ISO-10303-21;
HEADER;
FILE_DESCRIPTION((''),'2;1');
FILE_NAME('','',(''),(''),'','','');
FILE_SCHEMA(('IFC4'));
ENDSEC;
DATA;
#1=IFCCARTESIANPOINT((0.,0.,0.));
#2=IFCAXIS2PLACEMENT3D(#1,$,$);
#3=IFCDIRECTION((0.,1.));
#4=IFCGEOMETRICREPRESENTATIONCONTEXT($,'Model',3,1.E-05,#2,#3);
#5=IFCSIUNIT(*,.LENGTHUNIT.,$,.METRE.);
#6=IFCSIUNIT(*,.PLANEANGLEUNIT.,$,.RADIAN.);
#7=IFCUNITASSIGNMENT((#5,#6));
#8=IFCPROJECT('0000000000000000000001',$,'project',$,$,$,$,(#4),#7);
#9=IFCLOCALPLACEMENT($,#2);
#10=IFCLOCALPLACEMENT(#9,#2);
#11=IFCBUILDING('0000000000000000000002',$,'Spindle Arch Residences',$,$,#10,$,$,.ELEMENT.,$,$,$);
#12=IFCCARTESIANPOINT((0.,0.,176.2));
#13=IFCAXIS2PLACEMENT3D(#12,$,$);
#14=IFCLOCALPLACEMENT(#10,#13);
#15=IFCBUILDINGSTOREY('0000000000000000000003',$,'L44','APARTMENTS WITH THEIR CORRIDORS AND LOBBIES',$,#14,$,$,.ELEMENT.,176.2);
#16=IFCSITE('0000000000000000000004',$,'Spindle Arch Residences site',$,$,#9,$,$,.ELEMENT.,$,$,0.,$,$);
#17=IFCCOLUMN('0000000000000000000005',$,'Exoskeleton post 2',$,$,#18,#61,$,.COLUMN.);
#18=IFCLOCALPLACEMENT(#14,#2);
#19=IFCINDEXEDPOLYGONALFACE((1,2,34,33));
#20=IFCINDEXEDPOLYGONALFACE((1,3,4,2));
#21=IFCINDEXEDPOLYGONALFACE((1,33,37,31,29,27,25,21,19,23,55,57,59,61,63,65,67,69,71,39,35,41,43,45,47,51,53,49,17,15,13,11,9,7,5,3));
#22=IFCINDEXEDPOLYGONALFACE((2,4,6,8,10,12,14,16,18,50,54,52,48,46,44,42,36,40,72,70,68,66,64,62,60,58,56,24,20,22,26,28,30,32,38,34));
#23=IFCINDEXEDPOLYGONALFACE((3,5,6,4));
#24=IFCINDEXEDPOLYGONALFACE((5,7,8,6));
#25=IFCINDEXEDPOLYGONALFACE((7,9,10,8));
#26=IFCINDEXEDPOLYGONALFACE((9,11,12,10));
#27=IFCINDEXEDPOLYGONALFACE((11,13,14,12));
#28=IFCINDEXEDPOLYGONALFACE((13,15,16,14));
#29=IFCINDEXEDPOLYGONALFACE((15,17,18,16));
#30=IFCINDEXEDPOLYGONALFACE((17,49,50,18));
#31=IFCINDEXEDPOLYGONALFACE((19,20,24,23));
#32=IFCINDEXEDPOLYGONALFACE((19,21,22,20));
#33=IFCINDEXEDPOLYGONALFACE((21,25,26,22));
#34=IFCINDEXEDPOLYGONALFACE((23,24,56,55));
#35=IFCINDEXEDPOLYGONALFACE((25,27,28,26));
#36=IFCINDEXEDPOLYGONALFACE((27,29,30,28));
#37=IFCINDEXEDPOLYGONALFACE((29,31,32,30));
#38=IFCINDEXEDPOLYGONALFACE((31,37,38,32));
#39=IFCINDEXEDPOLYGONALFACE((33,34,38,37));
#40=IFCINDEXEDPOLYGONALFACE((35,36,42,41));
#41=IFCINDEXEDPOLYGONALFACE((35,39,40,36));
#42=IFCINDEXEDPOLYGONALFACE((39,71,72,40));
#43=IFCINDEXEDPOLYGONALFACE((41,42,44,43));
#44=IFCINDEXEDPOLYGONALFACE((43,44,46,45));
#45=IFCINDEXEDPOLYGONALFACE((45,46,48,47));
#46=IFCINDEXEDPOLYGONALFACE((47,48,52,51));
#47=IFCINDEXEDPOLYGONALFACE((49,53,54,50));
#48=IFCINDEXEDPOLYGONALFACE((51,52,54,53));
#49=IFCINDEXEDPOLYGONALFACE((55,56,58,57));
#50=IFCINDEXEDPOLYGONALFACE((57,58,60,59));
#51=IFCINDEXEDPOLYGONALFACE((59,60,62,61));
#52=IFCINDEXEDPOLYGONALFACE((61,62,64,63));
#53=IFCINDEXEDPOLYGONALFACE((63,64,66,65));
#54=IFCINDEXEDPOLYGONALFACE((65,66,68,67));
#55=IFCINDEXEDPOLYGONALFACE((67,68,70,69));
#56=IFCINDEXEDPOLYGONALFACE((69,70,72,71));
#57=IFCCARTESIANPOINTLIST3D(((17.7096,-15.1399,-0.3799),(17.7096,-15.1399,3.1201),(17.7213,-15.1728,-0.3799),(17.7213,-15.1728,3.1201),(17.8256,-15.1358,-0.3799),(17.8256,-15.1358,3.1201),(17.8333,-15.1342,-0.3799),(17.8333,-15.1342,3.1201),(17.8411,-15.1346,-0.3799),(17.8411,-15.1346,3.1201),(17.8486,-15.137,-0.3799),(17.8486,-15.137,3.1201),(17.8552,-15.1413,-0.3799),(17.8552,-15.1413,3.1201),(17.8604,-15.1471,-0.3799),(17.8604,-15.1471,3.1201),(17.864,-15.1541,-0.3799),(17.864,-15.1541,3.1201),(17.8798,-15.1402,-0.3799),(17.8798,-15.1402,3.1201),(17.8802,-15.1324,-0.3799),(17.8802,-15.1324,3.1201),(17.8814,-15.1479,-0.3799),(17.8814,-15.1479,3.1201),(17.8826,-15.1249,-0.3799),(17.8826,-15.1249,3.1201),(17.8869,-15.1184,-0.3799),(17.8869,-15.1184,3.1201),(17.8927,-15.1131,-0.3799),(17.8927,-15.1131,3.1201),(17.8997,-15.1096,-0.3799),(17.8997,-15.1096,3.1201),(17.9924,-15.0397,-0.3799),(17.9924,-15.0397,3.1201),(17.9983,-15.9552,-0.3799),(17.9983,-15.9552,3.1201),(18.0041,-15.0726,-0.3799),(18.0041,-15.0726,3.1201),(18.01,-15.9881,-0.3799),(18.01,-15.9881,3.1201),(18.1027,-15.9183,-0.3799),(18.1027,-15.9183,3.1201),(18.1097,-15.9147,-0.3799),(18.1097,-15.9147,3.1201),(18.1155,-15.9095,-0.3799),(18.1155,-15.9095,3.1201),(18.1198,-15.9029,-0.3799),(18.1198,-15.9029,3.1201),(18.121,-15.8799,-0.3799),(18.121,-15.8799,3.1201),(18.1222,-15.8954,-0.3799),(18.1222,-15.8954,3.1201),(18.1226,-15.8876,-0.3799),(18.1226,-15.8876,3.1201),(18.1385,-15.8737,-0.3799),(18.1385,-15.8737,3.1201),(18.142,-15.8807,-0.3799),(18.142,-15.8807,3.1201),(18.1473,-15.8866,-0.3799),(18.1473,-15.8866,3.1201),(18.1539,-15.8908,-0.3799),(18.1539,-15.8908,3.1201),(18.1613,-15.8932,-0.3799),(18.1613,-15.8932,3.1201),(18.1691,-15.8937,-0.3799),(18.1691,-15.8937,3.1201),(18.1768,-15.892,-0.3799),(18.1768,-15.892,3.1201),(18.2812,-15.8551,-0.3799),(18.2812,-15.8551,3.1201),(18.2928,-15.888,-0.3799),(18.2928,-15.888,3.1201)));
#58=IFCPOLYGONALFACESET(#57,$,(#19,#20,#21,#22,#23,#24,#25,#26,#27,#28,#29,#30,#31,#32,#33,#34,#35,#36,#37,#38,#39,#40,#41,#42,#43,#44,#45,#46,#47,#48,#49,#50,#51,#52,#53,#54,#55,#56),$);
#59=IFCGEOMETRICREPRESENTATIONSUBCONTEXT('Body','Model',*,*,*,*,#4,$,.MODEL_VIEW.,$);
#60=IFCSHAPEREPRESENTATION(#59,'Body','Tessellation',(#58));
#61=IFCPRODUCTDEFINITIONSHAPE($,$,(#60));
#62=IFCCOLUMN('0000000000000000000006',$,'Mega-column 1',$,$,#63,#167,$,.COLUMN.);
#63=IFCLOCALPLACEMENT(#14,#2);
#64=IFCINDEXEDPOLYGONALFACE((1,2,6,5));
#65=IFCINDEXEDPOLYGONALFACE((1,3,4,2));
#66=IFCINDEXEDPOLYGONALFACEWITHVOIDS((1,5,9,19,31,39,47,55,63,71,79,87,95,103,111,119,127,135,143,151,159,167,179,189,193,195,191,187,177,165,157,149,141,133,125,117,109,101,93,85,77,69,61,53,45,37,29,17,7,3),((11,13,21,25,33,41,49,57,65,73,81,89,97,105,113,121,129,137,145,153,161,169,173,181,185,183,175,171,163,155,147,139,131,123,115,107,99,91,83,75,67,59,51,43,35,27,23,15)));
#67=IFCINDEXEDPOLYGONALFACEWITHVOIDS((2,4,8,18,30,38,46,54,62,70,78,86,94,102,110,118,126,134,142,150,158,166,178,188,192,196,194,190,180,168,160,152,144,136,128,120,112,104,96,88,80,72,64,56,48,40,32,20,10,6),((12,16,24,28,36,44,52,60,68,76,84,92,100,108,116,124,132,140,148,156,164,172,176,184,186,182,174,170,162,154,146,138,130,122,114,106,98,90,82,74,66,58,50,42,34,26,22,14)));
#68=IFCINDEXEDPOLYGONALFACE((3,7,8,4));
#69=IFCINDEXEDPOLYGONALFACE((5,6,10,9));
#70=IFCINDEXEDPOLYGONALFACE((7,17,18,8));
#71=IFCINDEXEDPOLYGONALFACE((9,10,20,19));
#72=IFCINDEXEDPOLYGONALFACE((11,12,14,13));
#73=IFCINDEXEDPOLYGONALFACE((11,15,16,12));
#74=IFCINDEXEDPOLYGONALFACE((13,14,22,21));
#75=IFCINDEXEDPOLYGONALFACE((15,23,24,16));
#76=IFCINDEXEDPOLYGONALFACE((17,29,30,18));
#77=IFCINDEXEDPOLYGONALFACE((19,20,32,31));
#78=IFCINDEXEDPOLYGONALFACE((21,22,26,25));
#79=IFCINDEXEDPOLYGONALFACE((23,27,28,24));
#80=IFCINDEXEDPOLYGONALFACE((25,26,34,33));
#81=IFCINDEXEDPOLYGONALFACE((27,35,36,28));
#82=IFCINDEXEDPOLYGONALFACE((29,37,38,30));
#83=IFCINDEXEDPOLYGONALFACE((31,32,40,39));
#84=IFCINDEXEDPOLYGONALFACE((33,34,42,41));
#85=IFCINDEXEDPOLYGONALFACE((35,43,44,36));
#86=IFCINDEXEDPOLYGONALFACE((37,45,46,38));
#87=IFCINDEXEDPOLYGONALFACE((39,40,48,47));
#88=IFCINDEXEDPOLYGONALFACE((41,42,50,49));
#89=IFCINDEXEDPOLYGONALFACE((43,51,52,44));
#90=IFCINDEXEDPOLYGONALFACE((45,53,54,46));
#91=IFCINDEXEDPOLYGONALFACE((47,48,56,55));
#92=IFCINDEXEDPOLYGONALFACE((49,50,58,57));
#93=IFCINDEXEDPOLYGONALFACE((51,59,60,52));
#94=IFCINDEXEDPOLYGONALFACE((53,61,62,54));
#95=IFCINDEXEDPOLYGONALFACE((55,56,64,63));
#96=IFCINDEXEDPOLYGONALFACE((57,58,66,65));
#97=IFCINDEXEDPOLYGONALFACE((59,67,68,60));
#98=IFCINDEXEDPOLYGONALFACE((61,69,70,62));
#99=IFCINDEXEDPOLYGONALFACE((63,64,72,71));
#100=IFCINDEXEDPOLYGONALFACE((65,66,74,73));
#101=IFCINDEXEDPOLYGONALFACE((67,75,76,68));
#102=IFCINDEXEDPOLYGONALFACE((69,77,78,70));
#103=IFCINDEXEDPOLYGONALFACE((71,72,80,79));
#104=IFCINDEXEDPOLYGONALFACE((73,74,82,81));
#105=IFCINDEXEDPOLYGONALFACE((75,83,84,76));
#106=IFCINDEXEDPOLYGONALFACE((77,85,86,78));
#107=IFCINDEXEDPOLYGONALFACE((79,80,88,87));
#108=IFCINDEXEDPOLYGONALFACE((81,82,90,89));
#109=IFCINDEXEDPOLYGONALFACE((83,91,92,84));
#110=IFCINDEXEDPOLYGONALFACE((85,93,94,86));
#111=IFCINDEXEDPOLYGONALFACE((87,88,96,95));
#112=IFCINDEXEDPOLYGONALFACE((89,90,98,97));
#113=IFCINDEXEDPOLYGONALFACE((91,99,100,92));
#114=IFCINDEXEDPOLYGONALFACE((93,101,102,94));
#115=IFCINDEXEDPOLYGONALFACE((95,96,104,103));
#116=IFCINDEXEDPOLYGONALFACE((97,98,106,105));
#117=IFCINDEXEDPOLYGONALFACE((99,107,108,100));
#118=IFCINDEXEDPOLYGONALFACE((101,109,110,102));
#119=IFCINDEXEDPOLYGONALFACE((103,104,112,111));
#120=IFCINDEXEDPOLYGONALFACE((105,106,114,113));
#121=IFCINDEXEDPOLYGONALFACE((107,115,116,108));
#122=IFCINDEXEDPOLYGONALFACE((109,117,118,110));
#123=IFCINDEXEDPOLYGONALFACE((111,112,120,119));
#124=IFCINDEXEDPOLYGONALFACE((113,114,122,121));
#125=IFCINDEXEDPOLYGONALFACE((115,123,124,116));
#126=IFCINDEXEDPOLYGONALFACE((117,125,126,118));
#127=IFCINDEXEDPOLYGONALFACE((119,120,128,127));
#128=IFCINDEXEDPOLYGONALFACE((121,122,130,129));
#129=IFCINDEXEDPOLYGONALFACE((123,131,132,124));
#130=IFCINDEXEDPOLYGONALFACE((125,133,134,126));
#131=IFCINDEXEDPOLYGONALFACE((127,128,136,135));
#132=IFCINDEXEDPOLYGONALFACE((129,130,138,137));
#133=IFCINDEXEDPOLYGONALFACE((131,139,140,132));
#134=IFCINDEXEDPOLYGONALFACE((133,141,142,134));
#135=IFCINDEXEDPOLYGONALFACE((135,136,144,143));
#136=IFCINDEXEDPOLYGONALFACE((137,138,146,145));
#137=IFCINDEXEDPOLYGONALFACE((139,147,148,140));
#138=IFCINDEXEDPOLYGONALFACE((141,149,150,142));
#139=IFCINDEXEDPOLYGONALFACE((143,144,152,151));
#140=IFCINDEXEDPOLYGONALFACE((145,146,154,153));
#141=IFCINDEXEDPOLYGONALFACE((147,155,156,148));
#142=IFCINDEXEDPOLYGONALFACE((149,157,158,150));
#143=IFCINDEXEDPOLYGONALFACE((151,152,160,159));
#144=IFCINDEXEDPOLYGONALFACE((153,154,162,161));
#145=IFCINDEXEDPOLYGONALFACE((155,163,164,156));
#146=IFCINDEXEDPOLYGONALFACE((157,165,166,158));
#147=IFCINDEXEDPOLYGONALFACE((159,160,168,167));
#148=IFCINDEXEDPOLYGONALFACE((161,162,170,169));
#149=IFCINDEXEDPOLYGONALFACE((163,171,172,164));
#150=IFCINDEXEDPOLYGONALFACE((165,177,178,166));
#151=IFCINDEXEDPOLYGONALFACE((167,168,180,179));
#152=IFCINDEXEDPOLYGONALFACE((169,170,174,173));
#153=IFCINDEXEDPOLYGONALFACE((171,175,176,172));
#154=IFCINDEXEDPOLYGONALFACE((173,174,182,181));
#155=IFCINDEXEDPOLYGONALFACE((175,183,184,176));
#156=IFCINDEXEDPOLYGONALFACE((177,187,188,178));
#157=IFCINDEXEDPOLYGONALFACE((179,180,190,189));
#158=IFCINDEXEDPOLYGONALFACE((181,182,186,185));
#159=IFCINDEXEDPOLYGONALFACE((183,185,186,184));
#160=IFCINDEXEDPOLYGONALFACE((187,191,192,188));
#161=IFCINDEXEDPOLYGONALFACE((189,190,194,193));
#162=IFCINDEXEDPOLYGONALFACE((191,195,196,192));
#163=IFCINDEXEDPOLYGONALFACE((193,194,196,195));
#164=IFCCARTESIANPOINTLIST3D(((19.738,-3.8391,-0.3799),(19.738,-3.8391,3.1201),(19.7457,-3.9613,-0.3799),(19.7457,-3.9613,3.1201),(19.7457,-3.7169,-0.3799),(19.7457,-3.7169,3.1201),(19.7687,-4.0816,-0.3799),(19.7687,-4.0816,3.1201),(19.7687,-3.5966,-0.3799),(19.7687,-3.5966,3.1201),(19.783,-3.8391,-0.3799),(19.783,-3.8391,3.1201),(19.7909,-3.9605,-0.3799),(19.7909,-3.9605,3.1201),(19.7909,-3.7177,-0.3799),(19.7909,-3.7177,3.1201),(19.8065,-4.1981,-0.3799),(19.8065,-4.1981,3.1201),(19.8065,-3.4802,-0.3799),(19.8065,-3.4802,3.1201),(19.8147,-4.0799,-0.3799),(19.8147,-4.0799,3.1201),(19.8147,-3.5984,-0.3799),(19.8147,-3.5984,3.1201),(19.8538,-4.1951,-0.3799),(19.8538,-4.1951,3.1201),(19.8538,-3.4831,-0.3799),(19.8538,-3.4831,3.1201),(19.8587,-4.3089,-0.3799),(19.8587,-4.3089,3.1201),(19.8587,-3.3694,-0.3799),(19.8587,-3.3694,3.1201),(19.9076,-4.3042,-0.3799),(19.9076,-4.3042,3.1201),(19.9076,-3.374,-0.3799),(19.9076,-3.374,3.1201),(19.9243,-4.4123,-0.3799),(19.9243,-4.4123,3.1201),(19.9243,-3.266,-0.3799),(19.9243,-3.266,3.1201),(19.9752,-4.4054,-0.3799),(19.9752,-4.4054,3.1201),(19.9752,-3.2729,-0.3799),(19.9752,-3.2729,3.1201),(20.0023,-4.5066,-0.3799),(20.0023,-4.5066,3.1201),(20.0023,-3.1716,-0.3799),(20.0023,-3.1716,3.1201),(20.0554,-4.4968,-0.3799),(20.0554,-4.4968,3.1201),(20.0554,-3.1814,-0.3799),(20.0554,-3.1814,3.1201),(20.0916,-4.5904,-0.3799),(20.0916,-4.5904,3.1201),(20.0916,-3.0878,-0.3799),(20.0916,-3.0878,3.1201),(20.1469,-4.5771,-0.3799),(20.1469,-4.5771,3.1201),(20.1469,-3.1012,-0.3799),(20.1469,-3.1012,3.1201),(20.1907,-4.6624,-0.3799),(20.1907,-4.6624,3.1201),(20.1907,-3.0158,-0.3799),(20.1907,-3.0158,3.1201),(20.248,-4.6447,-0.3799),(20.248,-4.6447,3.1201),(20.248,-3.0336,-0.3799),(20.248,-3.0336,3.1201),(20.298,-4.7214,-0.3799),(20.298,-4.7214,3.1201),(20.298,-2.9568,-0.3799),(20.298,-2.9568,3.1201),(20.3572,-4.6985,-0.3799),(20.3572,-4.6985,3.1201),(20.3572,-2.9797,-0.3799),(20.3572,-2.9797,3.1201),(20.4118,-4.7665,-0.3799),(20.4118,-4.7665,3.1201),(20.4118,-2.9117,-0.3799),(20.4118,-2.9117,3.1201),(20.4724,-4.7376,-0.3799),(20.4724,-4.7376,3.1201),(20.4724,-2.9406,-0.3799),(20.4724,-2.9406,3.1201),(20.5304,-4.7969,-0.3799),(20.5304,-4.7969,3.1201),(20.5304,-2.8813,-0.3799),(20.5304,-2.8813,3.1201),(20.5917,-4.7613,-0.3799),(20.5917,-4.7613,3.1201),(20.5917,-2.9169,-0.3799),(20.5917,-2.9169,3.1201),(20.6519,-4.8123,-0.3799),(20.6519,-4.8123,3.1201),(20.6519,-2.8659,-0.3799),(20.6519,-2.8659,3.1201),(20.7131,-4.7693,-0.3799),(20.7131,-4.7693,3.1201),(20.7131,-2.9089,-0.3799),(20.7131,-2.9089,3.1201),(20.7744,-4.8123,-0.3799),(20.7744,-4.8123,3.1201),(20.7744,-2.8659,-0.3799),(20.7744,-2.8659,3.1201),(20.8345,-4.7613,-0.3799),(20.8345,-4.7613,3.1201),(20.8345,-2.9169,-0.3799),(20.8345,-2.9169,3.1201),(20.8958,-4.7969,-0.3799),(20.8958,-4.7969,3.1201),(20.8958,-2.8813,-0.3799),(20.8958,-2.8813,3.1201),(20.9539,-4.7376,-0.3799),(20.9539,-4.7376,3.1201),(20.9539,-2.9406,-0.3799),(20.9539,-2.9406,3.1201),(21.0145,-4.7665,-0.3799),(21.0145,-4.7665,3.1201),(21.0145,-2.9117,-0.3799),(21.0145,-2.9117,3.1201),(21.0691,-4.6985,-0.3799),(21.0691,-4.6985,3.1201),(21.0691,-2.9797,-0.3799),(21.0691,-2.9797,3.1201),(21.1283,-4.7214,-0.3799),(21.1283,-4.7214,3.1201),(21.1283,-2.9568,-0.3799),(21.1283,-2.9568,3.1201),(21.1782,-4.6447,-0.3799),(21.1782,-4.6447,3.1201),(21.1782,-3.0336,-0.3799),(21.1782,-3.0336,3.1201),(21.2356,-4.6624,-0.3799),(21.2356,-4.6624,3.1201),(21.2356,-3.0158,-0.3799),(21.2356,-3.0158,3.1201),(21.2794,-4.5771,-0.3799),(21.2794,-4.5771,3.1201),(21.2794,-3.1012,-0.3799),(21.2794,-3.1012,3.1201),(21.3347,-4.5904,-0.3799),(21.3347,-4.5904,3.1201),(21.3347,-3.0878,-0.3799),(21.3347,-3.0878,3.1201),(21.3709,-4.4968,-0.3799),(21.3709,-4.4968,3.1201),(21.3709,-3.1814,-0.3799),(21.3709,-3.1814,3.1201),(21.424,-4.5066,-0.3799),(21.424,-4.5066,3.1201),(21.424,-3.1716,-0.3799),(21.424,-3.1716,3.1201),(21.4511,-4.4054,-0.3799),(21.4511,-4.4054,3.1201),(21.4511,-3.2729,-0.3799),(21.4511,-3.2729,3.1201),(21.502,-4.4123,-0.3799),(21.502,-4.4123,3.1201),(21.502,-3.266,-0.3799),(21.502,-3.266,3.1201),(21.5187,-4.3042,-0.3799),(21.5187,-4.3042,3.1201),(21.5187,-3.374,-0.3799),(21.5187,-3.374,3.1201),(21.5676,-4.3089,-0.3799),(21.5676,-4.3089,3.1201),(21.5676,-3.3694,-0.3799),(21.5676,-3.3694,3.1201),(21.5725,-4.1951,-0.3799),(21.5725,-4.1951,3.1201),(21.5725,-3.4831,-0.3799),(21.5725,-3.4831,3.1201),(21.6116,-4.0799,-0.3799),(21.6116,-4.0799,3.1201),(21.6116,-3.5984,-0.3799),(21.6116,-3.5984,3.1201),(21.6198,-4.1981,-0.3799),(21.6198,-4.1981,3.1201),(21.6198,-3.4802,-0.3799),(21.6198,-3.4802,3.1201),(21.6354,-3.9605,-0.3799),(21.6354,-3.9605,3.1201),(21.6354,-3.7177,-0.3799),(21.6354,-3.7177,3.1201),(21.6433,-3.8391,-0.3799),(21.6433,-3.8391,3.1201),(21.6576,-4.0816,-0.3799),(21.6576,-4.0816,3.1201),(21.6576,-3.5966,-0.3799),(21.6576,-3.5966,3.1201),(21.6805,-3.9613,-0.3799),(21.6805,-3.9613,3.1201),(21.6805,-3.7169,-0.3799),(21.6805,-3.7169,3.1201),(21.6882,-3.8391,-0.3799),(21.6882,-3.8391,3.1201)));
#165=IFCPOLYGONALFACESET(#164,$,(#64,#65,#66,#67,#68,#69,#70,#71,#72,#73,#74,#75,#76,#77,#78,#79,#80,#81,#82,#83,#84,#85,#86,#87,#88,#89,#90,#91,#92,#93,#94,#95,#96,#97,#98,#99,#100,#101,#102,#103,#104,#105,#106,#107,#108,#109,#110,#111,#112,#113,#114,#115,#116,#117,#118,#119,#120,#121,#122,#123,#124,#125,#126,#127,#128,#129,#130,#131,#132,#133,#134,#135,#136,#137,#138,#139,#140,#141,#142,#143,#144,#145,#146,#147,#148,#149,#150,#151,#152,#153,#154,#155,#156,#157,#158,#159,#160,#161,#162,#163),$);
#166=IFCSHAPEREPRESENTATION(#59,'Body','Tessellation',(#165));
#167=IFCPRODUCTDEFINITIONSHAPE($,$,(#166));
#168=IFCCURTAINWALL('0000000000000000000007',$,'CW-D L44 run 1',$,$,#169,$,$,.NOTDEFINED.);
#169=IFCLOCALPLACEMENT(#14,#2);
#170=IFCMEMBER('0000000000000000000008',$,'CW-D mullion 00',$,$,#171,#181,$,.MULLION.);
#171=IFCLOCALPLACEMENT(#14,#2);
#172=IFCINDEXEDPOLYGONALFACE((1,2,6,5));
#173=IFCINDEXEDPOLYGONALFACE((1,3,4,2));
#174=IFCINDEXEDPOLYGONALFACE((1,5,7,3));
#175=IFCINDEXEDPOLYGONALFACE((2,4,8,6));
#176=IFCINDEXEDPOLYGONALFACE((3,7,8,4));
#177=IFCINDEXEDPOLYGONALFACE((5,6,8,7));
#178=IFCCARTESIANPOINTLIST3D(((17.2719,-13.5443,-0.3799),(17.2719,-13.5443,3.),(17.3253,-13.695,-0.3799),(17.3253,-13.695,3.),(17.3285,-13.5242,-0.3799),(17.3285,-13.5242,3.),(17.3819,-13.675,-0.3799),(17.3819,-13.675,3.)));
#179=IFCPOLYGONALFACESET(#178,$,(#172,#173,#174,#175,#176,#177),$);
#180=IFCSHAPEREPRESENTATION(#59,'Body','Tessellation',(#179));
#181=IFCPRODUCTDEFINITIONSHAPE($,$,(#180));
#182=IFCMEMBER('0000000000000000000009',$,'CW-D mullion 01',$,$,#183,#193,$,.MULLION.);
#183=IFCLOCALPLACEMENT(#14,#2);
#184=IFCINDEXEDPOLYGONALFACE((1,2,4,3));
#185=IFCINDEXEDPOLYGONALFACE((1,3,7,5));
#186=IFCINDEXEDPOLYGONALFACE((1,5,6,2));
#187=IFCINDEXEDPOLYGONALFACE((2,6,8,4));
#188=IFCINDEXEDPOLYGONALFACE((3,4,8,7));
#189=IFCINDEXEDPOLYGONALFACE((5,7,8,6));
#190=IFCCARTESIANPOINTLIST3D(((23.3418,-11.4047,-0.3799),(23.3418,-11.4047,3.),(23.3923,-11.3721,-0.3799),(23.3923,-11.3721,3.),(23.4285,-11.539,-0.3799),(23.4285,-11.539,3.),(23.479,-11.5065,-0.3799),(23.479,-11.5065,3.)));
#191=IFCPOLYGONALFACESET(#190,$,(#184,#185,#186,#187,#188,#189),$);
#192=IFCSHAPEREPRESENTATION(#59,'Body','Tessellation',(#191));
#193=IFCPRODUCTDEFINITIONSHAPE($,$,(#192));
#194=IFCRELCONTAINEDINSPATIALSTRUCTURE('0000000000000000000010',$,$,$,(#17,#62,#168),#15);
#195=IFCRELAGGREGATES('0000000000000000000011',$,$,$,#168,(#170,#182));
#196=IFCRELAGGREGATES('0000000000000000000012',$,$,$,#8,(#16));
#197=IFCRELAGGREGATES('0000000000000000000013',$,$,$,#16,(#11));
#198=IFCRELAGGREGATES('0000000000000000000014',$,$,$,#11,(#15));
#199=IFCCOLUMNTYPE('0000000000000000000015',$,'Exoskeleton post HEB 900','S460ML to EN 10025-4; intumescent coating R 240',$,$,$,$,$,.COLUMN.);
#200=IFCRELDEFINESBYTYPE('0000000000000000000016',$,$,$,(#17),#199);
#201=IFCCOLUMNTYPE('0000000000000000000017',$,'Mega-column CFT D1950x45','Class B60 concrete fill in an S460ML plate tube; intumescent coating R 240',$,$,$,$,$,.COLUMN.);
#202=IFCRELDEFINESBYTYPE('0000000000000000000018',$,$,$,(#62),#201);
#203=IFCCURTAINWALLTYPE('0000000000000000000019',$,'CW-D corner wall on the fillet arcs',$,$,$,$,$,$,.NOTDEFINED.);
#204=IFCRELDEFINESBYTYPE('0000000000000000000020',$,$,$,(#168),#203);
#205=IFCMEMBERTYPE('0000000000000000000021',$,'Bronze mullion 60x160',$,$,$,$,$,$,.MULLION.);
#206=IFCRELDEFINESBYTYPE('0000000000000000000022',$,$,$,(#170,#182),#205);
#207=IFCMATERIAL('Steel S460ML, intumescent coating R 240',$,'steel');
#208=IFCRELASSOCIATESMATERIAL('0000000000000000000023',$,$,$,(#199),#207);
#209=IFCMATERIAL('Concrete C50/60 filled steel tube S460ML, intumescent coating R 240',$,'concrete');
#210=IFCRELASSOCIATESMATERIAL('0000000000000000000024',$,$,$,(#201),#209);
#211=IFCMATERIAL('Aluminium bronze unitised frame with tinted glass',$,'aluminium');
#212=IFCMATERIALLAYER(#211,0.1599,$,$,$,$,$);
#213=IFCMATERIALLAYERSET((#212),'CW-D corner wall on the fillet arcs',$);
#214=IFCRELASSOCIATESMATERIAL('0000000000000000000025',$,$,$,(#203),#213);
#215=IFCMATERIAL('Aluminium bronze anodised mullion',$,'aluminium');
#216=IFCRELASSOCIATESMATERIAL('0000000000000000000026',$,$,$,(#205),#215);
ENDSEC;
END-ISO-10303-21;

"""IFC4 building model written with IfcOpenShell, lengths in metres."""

from ifc_helpers import new_model, si_unit, direction, frame, origin, origin_2d, place, context, subcontext, project, spatial, rectangle, hollow_circle, i_section, extrude, material, layer, layer_set, material_profile, profile_set, type_object, element, aggregate, save


model = new_model("IFC4")

# Units and contexts
model_context = context("Model", 3, precision=1e-05, world=origin(), true_north=direction((0.0, 1.0)))
body_context = subcontext(model_context, "Body", "Model", "MODEL_VIEW")
ifc_project = project(units=[si_unit("LENGTHUNIT", "METRE"), si_unit("PLANEANGLEUNIT", "RADIAN")], contexts=[model_context])

# Site, building, storey
site_placement = place(None, origin())
site = spatial("IfcSite", under=ifc_project, at=site_placement, Name="Spindle Arch Residences site", CompositionType="ELEMENT", RefElevation=0.0)
building_placement = place(site_placement, origin())
building = spatial("IfcBuilding", under=site, at=building_placement, Name="Spindle Arch Residences", CompositionType="ELEMENT")
storey_placement = place(building_placement, frame((0.0, 0.0, 176.2)))
storey = spatial("IfcBuildingStorey", under=building, at=storey_placement, Name="L44", Description="APARTMENTS WITH THEIR CORRIDORS AND LOBBIES", CompositionType="ELEMENT", Elevation=176.2)

# Columns
ifc_material_1 = material(Name="Steel S460ML, intumescent coating R 240", Category="steel")
ifc_material_profile_1 = material_profile(ifc_material_1, i_section(OverallWidth=0.3, OverallDepth=0.8999, WebThickness=0.0186, FlangeThickness=0.0349, FilletRadius=0.03, at=origin_2d()), Name="HEB 900")
ifc_profile_set_1 = profile_set([ifc_material_profile_1], Name="Steel S460ML, intumescent coating R 240")
column_type_1 = type_object("IfcColumnType", Name="Exoskeleton post HEB 900", Description="S460ML to EN 10025-4; intumescent coating R 240", PredefinedType="COLUMN", material=ifc_profile_set_1)
column_1_placement = place(storey_placement, frame((18.0012, -15.5139, -0.3799), z_axis=(0.0, 0.0, 1.0), x_axis=(-0.942641, -0.333807, 0.0)))
element("IfcColumn", 1, at=column_1_placement, inside=storey, type_object=column_type_1, Name="Exoskeleton post 2", PredefinedType="COLUMN", context=body_context, shape_type="SweptSolid", body=[
    extrude(i_section(OverallWidth=0.3, OverallDepth=0.8999, WebThickness=0.0186, FlangeThickness=0.0349, FilletRadius=0.03, at=origin_2d()), origin(), (0.0, 0.0, 1.0), 3.5),
])
ifc_material_2 = material(Name="Concrete C50/60 filled steel tube S460ML, intumescent coating R 240", Category="concrete")
ifc_material_profile_2 = material_profile(ifc_material_2, hollow_circle(Radius=0.9751, WallThickness=0.0449, at=origin_2d()), Name="CFT D1950x45")
ifc_profile_set_2 = profile_set([ifc_material_profile_2], Name="Concrete C50/60 filled steel tube S460ML, intumescent coating R 240")
column_type_2 = type_object("IfcColumnType", Name="Mega-column CFT D1950x45", Description="Class B60 concrete fill in an S460ML plate tube; intumescent coating R 240", PredefinedType="COLUMN", material=ifc_profile_set_2)
column_2_placement = place(storey_placement, frame((20.7131, -3.8391, -0.3799), z_axis=(0.0, 0.0, 1.0), x_axis=(1.0, 0.0, 0.0)))
element("IfcColumn", 2, at=column_2_placement, inside=storey, type_object=column_type_2, Name="Mega-column 1", PredefinedType="COLUMN", context=body_context, shape_type="SweptSolid", body=[
    extrude(hollow_circle(Radius=0.9751, WallThickness=0.0449, at=origin_2d()), origin(), (0.0, 0.0, 1.0), 3.5),
])

# Curtain wall, members
ifc_material_3 = material(Name="Aluminium bronze unitised frame with tinted glass", Category="aluminium")
ifc_layer_1 = layer(ifc_material_3, 0.1599)
ifc_layer_set_1 = layer_set([ifc_layer_1], Name="CW-D corner wall on the fillet arcs")
curtain_wall_type_1 = type_object("IfcCurtainWallType", Name="CW-D corner wall on the fillet arcs", PredefinedType="NOTDEFINED", material=ifc_layer_set_1)
curtain_wall_1_placement = place(storey_placement, origin())
curtain_wall_1 = element("IfcCurtainWall", 3, at=curtain_wall_1_placement, inside=storey, type_object=curtain_wall_type_1, Name="CW-D L44 run 1", PredefinedType="NOTDEFINED")
ifc_material_4 = material(Name="Aluminium bronze anodised mullion", Category="aluminium")
ifc_material_profile_3 = material_profile(ifc_material_4, rectangle(XDim=0.1599, YDim=0.0601, at=origin_2d()), Name="MU 60x160")
ifc_profile_set_3 = profile_set([ifc_material_profile_3], Name="Aluminium bronze anodised mullion")
member_type_1 = type_object("IfcMemberType", Name="Bronze mullion 60x160", PredefinedType="MULLION", material=ifc_profile_set_3)
member_1_placement = place(storey_placement, frame((17.3269, -13.6096, -0.3799), z_axis=(0.0, 0.0, 1.0), x_axis=(-0.333807, 0.942641, 0.0)))
member_1 = element("IfcMember", 4, at=member_1_placement, type_object=member_type_1, Name="CW-D mullion 00", PredefinedType="MULLION", context=body_context, shape_type="SweptSolid", body=[
    extrude(rectangle(XDim=0.1599, YDim=0.0601, at=origin_2d()), origin(), (0.0, 0.0, 1.0), 3.3799),
])
member_2_placement = place(storey_placement, frame((23.4104, -11.4556, -0.3799), z_axis=(0.0, 0.0, 1.0), x_axis=(-0.542197, 0.840251, 0.0)))
member_2 = element("IfcMember", 5, at=member_2_placement, type_object=member_type_1, Name="CW-D mullion 01", PredefinedType="MULLION", context=body_context, shape_type="SweptSolid", body=[
    extrude(rectangle(XDim=0.1599, YDim=0.0601, at=origin_2d()), origin(), (0.0, 0.0, 1.0), 3.3799),
])

aggregate(curtain_wall_1, [member_1, member_2])

save(model, "model.ifc")
